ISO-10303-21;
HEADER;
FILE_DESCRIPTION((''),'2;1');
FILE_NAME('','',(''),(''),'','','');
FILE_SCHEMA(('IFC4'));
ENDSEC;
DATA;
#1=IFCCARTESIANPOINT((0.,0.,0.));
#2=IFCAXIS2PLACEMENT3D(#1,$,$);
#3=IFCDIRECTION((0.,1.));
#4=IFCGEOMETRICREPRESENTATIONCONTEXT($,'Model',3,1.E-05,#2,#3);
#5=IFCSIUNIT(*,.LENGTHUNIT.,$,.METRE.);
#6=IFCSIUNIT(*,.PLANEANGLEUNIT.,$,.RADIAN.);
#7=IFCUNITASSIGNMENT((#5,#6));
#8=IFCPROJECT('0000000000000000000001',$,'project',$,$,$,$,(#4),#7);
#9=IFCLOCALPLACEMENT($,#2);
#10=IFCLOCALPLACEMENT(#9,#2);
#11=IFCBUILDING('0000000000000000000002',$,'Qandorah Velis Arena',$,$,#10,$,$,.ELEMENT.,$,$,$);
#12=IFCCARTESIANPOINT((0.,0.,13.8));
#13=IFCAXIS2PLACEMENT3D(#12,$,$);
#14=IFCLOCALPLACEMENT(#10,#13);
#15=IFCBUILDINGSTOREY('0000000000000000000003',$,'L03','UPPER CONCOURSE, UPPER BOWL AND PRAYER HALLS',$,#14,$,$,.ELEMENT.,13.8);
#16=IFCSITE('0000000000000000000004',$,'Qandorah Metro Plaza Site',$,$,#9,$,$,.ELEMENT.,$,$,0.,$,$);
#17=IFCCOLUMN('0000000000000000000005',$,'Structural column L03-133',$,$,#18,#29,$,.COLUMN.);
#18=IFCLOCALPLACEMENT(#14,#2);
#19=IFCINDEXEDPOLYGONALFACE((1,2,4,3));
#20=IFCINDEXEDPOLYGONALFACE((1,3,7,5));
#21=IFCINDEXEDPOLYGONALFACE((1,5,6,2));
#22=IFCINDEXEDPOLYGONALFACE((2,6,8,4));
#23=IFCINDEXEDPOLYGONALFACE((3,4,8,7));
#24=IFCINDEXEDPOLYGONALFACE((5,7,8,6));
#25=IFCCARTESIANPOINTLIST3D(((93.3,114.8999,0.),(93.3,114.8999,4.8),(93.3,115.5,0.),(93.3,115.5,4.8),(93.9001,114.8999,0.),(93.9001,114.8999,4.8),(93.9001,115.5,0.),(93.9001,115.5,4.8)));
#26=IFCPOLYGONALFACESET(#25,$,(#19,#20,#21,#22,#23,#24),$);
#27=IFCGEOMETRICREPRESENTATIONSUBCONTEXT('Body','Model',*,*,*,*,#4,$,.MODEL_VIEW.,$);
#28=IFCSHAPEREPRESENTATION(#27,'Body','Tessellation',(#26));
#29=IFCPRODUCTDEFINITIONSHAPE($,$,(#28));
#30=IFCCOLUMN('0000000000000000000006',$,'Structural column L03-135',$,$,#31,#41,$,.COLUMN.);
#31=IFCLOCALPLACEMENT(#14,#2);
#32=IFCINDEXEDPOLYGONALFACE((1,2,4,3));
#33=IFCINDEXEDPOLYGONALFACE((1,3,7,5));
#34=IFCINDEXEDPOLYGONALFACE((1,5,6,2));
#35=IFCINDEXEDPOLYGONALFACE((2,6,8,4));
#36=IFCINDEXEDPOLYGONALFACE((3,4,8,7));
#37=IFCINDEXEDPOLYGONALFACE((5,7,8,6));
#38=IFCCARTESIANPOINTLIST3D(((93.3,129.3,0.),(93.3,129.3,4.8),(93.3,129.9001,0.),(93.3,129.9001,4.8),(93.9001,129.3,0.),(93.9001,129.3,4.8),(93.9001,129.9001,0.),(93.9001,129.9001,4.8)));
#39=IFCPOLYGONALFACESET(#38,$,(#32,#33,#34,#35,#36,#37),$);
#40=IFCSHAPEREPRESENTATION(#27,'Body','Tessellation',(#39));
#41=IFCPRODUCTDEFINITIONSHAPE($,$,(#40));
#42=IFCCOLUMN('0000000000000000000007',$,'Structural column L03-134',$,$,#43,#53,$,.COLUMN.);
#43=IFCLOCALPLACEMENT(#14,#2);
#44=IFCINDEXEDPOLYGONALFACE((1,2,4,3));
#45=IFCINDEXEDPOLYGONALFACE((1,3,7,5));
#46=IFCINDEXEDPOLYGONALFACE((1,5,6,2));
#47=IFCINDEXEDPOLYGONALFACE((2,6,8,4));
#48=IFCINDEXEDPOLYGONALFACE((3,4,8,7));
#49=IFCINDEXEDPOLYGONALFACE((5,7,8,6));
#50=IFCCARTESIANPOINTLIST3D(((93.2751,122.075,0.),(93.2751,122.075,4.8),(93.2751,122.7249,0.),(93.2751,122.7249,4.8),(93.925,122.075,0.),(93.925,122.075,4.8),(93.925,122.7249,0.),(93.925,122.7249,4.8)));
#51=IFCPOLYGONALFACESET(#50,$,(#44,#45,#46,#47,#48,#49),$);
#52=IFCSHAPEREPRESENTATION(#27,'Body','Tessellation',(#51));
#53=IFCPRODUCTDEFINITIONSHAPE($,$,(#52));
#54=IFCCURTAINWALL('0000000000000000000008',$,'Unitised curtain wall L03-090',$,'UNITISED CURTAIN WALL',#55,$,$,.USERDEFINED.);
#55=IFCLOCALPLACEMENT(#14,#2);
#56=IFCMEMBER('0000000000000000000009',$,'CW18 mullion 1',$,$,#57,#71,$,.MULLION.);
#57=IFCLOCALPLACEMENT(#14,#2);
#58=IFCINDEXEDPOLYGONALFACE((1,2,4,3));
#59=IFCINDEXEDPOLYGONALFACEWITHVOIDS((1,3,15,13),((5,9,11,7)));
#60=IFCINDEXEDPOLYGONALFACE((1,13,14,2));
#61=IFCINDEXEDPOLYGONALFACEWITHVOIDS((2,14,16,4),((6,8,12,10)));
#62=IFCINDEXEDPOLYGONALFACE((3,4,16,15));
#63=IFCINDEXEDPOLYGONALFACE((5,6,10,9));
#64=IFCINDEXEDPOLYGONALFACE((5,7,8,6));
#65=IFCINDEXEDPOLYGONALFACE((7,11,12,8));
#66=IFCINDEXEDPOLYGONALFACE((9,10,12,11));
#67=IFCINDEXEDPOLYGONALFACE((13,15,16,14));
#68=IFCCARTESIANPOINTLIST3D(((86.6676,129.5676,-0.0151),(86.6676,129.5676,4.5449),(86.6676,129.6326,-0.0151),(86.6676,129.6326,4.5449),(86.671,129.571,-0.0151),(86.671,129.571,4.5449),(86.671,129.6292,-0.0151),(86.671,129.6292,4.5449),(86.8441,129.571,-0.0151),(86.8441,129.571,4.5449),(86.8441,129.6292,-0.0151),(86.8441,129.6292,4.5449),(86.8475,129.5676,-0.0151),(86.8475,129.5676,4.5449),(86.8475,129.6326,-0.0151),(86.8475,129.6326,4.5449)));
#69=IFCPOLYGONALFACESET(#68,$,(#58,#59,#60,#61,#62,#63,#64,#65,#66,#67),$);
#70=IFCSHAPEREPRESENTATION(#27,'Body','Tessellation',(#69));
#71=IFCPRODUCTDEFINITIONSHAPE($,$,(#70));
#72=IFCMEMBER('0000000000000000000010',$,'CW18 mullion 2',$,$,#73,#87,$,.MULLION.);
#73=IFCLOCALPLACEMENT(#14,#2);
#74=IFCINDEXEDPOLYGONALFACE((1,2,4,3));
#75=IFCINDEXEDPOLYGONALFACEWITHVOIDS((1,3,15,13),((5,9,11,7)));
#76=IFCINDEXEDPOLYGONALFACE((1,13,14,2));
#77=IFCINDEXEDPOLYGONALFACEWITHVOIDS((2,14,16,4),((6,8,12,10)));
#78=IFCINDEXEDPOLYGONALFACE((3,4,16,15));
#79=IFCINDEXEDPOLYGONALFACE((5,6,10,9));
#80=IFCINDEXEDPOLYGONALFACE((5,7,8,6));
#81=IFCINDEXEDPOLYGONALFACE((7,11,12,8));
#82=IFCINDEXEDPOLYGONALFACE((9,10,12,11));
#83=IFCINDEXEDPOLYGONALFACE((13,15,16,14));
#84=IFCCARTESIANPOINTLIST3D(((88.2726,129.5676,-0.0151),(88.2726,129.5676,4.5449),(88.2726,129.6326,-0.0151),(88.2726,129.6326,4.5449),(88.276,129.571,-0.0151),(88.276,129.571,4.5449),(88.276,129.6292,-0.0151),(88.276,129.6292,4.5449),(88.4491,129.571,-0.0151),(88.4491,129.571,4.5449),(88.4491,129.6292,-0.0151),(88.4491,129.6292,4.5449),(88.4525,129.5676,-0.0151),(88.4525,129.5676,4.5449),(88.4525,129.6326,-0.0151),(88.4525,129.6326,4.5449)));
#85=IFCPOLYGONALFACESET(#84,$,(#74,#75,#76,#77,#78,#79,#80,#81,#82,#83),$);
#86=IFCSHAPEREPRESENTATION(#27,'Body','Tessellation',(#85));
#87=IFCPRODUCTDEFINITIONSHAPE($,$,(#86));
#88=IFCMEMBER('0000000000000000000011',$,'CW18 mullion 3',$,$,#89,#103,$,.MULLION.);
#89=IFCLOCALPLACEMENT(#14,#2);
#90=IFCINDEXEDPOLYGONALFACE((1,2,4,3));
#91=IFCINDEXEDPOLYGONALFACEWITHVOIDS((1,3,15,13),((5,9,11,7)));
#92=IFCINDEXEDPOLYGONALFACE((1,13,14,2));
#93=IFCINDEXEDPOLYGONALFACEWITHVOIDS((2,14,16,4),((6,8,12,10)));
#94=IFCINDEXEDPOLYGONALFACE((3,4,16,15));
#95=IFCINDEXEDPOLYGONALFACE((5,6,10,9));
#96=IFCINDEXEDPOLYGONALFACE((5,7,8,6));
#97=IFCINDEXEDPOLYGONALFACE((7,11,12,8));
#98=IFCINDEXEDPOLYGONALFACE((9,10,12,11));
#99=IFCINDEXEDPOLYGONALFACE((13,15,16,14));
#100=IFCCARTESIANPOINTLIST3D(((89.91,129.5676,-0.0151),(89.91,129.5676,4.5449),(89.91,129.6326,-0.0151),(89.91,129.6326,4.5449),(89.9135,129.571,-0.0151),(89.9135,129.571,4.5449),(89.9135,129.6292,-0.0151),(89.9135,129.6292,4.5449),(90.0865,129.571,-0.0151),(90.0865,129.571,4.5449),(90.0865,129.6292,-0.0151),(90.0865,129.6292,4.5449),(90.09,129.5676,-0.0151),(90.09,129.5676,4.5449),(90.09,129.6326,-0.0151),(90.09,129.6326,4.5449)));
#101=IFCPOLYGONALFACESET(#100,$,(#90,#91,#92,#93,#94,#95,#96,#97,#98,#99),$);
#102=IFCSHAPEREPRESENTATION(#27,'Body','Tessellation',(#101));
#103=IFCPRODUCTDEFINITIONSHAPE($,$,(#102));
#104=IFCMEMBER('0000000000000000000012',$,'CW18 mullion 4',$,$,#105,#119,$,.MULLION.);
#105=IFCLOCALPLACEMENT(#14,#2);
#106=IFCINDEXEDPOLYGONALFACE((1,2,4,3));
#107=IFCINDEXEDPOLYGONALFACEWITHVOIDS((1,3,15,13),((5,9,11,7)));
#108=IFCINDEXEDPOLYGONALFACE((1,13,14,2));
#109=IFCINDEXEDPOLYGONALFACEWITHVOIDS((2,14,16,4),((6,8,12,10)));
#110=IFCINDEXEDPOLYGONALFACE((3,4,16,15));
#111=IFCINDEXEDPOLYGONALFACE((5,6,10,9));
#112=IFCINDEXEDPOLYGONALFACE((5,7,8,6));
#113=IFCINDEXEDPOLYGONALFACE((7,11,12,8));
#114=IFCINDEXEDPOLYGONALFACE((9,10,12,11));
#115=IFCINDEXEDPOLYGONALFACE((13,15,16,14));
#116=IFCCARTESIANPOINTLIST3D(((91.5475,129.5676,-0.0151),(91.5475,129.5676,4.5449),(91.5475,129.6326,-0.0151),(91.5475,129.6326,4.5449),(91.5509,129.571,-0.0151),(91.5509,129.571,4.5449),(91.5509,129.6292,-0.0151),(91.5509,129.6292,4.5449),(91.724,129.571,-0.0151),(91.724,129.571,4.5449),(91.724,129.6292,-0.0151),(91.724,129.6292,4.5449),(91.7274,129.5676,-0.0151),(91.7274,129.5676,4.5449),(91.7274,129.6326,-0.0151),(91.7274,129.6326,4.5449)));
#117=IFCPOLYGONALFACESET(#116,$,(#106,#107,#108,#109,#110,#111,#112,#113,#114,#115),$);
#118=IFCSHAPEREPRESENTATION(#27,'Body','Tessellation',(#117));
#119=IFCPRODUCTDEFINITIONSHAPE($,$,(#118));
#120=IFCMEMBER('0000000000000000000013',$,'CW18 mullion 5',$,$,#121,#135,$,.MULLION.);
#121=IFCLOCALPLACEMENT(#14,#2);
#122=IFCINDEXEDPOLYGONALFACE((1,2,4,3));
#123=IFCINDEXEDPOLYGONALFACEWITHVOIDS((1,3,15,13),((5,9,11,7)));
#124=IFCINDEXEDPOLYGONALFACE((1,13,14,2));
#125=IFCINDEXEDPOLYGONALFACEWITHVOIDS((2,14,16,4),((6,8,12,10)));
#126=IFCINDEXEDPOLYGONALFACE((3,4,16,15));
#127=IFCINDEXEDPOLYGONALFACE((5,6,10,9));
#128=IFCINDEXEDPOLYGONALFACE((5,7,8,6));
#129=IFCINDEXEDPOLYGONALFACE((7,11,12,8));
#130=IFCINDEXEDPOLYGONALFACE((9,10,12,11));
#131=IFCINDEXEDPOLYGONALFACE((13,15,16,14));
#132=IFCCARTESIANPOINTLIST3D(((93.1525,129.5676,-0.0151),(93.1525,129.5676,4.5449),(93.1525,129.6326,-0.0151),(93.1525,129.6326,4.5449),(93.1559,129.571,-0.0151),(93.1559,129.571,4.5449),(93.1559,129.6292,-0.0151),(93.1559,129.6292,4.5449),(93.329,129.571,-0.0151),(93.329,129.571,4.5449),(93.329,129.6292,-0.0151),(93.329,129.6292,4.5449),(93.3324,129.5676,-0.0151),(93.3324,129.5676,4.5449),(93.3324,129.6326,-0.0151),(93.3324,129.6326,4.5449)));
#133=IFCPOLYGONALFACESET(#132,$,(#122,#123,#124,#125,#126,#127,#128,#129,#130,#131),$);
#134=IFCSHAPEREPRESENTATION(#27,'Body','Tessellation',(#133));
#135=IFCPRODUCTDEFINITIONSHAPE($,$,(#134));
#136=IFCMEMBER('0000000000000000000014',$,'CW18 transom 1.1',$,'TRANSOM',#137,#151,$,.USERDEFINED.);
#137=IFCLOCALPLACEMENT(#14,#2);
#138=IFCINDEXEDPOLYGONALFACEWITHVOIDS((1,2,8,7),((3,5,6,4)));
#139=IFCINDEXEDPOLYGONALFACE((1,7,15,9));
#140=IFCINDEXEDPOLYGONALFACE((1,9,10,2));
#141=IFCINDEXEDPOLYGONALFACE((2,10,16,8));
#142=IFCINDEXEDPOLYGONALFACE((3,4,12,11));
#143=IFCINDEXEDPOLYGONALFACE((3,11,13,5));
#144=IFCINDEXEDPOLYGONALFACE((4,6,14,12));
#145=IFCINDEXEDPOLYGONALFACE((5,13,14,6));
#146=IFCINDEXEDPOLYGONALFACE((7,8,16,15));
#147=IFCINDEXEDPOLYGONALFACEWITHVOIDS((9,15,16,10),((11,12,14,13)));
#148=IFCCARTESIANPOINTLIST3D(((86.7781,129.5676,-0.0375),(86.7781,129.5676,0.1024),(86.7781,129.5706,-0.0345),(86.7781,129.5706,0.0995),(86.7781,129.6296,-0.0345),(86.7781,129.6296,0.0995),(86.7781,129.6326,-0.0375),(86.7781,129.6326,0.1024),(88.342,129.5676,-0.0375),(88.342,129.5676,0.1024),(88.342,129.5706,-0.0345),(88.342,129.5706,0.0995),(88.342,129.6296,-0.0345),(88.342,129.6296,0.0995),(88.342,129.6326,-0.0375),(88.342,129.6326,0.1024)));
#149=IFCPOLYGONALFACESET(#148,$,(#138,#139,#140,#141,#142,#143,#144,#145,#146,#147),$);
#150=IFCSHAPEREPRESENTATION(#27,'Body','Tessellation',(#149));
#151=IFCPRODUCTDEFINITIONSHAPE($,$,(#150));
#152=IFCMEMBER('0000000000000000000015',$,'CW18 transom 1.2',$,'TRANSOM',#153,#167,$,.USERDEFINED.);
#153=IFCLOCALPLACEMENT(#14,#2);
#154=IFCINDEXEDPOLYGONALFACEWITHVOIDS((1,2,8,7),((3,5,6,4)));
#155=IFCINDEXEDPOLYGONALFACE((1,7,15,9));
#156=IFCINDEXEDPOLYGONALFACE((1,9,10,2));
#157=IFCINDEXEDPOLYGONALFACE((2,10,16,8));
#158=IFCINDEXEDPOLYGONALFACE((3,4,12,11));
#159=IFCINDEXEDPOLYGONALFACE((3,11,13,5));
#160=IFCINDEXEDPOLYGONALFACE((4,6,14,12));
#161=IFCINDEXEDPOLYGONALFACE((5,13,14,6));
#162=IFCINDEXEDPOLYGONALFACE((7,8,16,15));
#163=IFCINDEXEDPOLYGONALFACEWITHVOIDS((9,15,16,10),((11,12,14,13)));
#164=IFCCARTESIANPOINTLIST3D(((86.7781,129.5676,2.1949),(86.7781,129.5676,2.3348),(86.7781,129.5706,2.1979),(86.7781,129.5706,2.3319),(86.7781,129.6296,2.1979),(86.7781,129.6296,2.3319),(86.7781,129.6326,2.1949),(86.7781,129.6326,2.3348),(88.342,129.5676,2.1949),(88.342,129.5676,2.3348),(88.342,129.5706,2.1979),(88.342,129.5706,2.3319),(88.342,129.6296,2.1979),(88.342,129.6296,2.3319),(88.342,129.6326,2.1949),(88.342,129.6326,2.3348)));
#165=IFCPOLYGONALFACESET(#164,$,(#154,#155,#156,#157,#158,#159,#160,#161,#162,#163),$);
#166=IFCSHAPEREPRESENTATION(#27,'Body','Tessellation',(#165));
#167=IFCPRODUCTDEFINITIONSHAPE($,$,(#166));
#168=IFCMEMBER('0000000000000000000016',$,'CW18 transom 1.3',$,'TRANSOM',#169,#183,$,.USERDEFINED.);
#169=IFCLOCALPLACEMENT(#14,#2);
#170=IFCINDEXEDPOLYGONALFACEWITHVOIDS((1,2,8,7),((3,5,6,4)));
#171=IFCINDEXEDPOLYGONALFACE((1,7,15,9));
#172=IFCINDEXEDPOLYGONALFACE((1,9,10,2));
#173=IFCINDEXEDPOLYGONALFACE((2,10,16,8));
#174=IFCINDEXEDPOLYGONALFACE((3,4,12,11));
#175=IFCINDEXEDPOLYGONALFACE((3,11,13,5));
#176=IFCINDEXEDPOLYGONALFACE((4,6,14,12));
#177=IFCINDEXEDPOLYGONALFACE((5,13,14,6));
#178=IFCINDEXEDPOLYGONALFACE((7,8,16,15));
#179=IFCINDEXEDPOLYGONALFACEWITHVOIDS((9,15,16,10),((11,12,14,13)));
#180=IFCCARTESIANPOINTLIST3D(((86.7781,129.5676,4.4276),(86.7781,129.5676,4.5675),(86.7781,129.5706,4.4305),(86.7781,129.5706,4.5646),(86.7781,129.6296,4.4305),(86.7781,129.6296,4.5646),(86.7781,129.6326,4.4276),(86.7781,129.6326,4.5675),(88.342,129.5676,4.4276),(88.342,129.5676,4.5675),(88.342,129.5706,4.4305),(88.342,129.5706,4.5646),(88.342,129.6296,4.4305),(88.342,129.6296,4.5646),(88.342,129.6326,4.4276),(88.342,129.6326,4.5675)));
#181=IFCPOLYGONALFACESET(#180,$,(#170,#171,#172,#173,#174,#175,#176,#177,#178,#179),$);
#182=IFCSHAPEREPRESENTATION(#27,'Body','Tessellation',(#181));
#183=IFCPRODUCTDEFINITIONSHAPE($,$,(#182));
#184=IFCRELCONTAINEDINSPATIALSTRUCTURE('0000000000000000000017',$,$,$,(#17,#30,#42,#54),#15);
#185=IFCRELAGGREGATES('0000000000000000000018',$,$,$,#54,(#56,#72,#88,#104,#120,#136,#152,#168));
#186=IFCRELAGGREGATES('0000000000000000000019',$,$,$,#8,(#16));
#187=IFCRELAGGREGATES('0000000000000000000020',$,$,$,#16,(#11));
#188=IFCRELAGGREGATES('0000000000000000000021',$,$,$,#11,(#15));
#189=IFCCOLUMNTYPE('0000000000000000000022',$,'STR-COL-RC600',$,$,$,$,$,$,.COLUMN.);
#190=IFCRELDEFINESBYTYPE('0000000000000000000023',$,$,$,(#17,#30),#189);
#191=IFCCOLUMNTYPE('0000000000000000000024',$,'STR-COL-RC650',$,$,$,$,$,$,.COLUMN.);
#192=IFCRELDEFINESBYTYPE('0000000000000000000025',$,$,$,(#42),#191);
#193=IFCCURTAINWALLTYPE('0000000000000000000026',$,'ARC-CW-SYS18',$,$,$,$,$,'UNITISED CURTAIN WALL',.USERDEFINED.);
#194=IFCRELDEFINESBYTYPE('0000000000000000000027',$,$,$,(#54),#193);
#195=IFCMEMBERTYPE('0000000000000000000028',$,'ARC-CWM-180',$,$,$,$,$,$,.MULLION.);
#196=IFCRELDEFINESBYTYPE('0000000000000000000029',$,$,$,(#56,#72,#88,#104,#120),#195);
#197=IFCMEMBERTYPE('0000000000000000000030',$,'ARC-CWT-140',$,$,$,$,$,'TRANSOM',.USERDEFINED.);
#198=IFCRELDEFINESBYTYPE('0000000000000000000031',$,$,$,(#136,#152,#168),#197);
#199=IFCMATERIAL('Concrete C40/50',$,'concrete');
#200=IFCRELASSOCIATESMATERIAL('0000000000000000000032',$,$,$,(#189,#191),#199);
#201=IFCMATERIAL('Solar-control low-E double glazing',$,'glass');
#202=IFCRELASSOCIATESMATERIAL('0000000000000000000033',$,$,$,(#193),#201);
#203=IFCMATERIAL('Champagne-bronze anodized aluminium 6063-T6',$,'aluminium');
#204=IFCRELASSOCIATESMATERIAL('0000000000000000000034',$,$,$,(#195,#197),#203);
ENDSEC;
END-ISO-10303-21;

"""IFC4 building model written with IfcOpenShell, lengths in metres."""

from ifc_helpers import new_model, si_unit, direction, frame, origin, origin_2d, place, context, subcontext, project, spatial, rectangle, hollow_rectangle, extrude, material, material_profile, profile_set, type_object, element, aggregate, save


model = new_model("IFC4")

# Units and contexts
model_context = context("Model", 3, precision=1e-05, world=origin(), true_north=direction((0.0, 1.0)))
body_context = subcontext(model_context, "Body", "Model", "MODEL_VIEW")
ifc_project = project(units=[si_unit("LENGTHUNIT", "METRE"), si_unit("PLANEANGLEUNIT", "RADIAN")], contexts=[model_context])

# Site, building, storey
site_placement = place(None, origin())
site = spatial("IfcSite", under=ifc_project, at=site_placement, Name="Qandorah Metro Plaza Site", CompositionType="ELEMENT", RefElevation=0.0)
building_placement = place(site_placement, origin())
building = spatial("IfcBuilding", under=site, at=building_placement, Name="Qandorah Velis Arena", CompositionType="ELEMENT")
storey_placement = place(building_placement, frame((0.0, 0.0, 13.8)))
storey = spatial("IfcBuildingStorey", under=building, at=storey_placement, Name="L03", Description="UPPER CONCOURSE, UPPER BOWL AND PRAYER HALLS", CompositionType="ELEMENT", Elevation=13.8)

# Columns
ifc_material_1 = material(Name="Concrete C40/50", Category="concrete")
ifc_material_profile_1 = material_profile(ifc_material_1, rectangle(XDim=0.6001, YDim=0.6001, at=origin_2d()), Name="RC COL 600x600")
ifc_profile_set_1 = profile_set([ifc_material_profile_1], Name="Concrete C40/50")
column_type_1 = type_object("IfcColumnType", Name="STR-COL-RC600", PredefinedType="COLUMN", material=ifc_profile_set_1)
for number, where, z_axis, x_axis, name in (
    (1, (93.6001, 115.2, 0.0), (0.0, 0.0, 1.0), (1.0, 0.0, 0.0), "Structural column L03-133"),
    (2, (93.6001, 129.6001, 0.0), (0.0, 0.0, 1.0), (1.0, 0.0, 0.0), "Structural column L03-135"),
):
    element("IfcColumn", number, at=place(storey_placement, frame(where, z_axis=z_axis, x_axis=x_axis)), inside=storey, type_object=column_type_1, Name=name, PredefinedType="COLUMN", context=body_context, shape_type="SweptSolid", body=[
        extrude(rectangle(XDim=0.6001, YDim=0.6001, at=origin_2d()), origin(), (0.0, 0.0, 1.0), 4.8),
    ])
ifc_material_profile_2 = material_profile(ifc_material_1, rectangle(XDim=0.6499, YDim=0.6499, at=origin_2d()), Name="RC COL 650x650")
ifc_profile_set_2 = profile_set([ifc_material_profile_2], Name="Concrete C40/50")
column_type_2 = type_object("IfcColumnType", Name="STR-COL-RC650", PredefinedType="COLUMN", material=ifc_profile_set_2)
column_placement = place(storey_placement, frame((93.6001, 122.3999, 0.0), z_axis=(0.0, 0.0, 1.0), x_axis=(1.0, 0.0, 0.0)))
element("IfcColumn", 3, at=column_placement, inside=storey, type_object=column_type_2, Name="Structural column L03-134", PredefinedType="COLUMN", context=body_context, shape_type="SweptSolid", body=[
    extrude(rectangle(XDim=0.6499, YDim=0.6499, at=origin_2d()), origin(), (0.0, 0.0, 1.0), 4.8),
])

# Curtain wall, members
ifc_material_2 = material(Name="Solar-control low-E double glazing", Category="glass")
curtain_wall_type = type_object("IfcCurtainWallType", Name="ARC-CW-SYS18", ElementType="UNITISED CURTAIN WALL", PredefinedType="USERDEFINED", material=ifc_material_2)
curtain_wall_placement = place(storey_placement, origin())
curtain_wall = element("IfcCurtainWall", 4, at=curtain_wall_placement, inside=storey, type_object=curtain_wall_type, Name="Unitised curtain wall L03-090", ObjectType="UNITISED CURTAIN WALL", PredefinedType="USERDEFINED")
ifc_material_3 = material(Name="Champagne-bronze anodized aluminium 6063-T6", Category="aluminium")
ifc_material_profile_3 = material_profile(ifc_material_3, hollow_rectangle(XDim=0.0649, YDim=0.1799, WallThickness=0.0034, at=origin_2d()), Name="ALU MULLION 65x180")
ifc_profile_set_3 = profile_set([ifc_material_profile_3], Name="Champagne-bronze anodized aluminium 6063-T6")
member_type_1 = type_object("IfcMemberType", Name="ARC-CWM-180", PredefinedType="MULLION", material=ifc_profile_set_3)
member_1_placement = place(storey_placement, frame((86.7576, 129.6001, -0.0151), z_axis=(0.0, 0.0, 1.0), x_axis=(0.0, 1.0, 0.0)))
member_1 = element("IfcMember", 5, at=member_1_placement, type_object=member_type_1, Name="CW18 mullion 1", PredefinedType="MULLION", context=body_context, shape_type="SweptSolid", body=[
    extrude(hollow_rectangle(XDim=0.0649, YDim=0.1799, WallThickness=0.0034, at=origin_2d()), origin(), (0.0, 0.0, 1.0), 4.5601),
])
member_2_placement = place(storey_placement, frame((88.3625, 129.6001, -0.0151), z_axis=(0.0, 0.0, 1.0), x_axis=(0.0, 1.0, 0.0)))
member_2 = element("IfcMember", 6, at=member_2_placement, type_object=member_type_1, Name="CW18 mullion 2", PredefinedType="MULLION", context=body_context, shape_type="SweptSolid", body=[
    extrude(hollow_rectangle(XDim=0.0649, YDim=0.1799, WallThickness=0.0034, at=origin_2d()), origin(), (0.0, 0.0, 1.0), 4.5601),
])
member_3_placement = place(storey_placement, frame((90.0, 129.6001, -0.0151), z_axis=(0.0, 0.0, 1.0), x_axis=(0.0, 1.0, 0.0)))
member_3 = element("IfcMember", 7, at=member_3_placement, type_object=member_type_1, Name="CW18 mullion 3", PredefinedType="MULLION", context=body_context, shape_type="SweptSolid", body=[
    extrude(hollow_rectangle(XDim=0.0649, YDim=0.1799, WallThickness=0.0034, at=origin_2d()), origin(), (0.0, 0.0, 1.0), 4.5601),
])
member_4_placement = place(storey_placement, frame((91.6375, 129.6001, -0.0151), z_axis=(0.0, 0.0, 1.0), x_axis=(0.0, 1.0, 0.0)))
member_4 = element("IfcMember", 8, at=member_4_placement, type_object=member_type_1, Name="CW18 mullion 4", PredefinedType="MULLION", context=body_context, shape_type="SweptSolid", body=[
    extrude(hollow_rectangle(XDim=0.0649, YDim=0.1799, WallThickness=0.0034, at=origin_2d()), origin(), (0.0, 0.0, 1.0), 4.5601),
])
member_5_placement = place(storey_placement, frame((93.2424, 129.6001, -0.0151), z_axis=(0.0, 0.0, 1.0), x_axis=(0.0, 1.0, 0.0)))
member_5 = element("IfcMember", 9, at=member_5_placement, type_object=member_type_1, Name="CW18 mullion 5", PredefinedType="MULLION", context=body_context, shape_type="SweptSolid", body=[
    extrude(hollow_rectangle(XDim=0.0649, YDim=0.1799, WallThickness=0.0034, at=origin_2d()), origin(), (0.0, 0.0, 1.0), 4.5601),
])
ifc_material_profile_4 = material_profile(ifc_material_3, hollow_rectangle(XDim=0.0649, YDim=0.1399, WallThickness=0.0029, at=origin_2d()), Name="ALU TRANSOM 65x140")
ifc_profile_set_4 = profile_set([ifc_material_profile_4], Name="Champagne-bronze anodized aluminium 6063-T6")
member_type_2 = type_object("IfcMemberType", Name="ARC-CWT-140", ElementType="TRANSOM", PredefinedType="USERDEFINED", material=ifc_profile_set_4)
member_6_placement = place(storey_placement, frame((86.7781, 129.6001, 0.0325), z_axis=(1.0, 0.0, 0.0), x_axis=(0.0, 1.0, 0.0)))
member_6 = element("IfcMember", 10, at=member_6_placement, type_object=member_type_2, Name="CW18 transom 1.1", ObjectType="TRANSOM", PredefinedType="USERDEFINED", context=body_context, shape_type="SweptSolid", body=[
    extrude(hollow_rectangle(XDim=0.0649, YDim=0.1399, WallThickness=0.0029, at=origin_2d()), origin(), (0.0, 0.0, 1.0), 1.564),
])
member_7_placement = place(storey_placement, frame((86.7781, 129.6001, 2.2649), z_axis=(1.0, 0.0, 0.0), x_axis=(0.0, 1.0, 0.0)))
member_7 = element("IfcMember", 11, at=member_7_placement, type_object=member_type_2, Name="CW18 transom 1.2", ObjectType="TRANSOM", PredefinedType="USERDEFINED", context=body_context, shape_type="SweptSolid", body=[
    extrude(hollow_rectangle(XDim=0.0649, YDim=0.1399, WallThickness=0.0029, at=origin_2d()), origin(), (0.0, 0.0, 1.0), 1.564),
])
member_8_placement = place(storey_placement, frame((86.7781, 129.6001, 4.4976), z_axis=(1.0, 0.0, 0.0), x_axis=(0.0, 1.0, 0.0)))
member_8 = element("IfcMember", 12, at=member_8_placement, type_object=member_type_2, Name="CW18 transom 1.3", ObjectType="TRANSOM", PredefinedType="USERDEFINED", context=body_context, shape_type="SweptSolid", body=[
    extrude(hollow_rectangle(XDim=0.0649, YDim=0.1399, WallThickness=0.0029, at=origin_2d()), origin(), (0.0, 0.0, 1.0), 1.564),
])

aggregate(curtain_wall, [member_1, member_2, member_3, member_4, member_5, member_6, member_7, member_8])

save(model, "model.ifc")
